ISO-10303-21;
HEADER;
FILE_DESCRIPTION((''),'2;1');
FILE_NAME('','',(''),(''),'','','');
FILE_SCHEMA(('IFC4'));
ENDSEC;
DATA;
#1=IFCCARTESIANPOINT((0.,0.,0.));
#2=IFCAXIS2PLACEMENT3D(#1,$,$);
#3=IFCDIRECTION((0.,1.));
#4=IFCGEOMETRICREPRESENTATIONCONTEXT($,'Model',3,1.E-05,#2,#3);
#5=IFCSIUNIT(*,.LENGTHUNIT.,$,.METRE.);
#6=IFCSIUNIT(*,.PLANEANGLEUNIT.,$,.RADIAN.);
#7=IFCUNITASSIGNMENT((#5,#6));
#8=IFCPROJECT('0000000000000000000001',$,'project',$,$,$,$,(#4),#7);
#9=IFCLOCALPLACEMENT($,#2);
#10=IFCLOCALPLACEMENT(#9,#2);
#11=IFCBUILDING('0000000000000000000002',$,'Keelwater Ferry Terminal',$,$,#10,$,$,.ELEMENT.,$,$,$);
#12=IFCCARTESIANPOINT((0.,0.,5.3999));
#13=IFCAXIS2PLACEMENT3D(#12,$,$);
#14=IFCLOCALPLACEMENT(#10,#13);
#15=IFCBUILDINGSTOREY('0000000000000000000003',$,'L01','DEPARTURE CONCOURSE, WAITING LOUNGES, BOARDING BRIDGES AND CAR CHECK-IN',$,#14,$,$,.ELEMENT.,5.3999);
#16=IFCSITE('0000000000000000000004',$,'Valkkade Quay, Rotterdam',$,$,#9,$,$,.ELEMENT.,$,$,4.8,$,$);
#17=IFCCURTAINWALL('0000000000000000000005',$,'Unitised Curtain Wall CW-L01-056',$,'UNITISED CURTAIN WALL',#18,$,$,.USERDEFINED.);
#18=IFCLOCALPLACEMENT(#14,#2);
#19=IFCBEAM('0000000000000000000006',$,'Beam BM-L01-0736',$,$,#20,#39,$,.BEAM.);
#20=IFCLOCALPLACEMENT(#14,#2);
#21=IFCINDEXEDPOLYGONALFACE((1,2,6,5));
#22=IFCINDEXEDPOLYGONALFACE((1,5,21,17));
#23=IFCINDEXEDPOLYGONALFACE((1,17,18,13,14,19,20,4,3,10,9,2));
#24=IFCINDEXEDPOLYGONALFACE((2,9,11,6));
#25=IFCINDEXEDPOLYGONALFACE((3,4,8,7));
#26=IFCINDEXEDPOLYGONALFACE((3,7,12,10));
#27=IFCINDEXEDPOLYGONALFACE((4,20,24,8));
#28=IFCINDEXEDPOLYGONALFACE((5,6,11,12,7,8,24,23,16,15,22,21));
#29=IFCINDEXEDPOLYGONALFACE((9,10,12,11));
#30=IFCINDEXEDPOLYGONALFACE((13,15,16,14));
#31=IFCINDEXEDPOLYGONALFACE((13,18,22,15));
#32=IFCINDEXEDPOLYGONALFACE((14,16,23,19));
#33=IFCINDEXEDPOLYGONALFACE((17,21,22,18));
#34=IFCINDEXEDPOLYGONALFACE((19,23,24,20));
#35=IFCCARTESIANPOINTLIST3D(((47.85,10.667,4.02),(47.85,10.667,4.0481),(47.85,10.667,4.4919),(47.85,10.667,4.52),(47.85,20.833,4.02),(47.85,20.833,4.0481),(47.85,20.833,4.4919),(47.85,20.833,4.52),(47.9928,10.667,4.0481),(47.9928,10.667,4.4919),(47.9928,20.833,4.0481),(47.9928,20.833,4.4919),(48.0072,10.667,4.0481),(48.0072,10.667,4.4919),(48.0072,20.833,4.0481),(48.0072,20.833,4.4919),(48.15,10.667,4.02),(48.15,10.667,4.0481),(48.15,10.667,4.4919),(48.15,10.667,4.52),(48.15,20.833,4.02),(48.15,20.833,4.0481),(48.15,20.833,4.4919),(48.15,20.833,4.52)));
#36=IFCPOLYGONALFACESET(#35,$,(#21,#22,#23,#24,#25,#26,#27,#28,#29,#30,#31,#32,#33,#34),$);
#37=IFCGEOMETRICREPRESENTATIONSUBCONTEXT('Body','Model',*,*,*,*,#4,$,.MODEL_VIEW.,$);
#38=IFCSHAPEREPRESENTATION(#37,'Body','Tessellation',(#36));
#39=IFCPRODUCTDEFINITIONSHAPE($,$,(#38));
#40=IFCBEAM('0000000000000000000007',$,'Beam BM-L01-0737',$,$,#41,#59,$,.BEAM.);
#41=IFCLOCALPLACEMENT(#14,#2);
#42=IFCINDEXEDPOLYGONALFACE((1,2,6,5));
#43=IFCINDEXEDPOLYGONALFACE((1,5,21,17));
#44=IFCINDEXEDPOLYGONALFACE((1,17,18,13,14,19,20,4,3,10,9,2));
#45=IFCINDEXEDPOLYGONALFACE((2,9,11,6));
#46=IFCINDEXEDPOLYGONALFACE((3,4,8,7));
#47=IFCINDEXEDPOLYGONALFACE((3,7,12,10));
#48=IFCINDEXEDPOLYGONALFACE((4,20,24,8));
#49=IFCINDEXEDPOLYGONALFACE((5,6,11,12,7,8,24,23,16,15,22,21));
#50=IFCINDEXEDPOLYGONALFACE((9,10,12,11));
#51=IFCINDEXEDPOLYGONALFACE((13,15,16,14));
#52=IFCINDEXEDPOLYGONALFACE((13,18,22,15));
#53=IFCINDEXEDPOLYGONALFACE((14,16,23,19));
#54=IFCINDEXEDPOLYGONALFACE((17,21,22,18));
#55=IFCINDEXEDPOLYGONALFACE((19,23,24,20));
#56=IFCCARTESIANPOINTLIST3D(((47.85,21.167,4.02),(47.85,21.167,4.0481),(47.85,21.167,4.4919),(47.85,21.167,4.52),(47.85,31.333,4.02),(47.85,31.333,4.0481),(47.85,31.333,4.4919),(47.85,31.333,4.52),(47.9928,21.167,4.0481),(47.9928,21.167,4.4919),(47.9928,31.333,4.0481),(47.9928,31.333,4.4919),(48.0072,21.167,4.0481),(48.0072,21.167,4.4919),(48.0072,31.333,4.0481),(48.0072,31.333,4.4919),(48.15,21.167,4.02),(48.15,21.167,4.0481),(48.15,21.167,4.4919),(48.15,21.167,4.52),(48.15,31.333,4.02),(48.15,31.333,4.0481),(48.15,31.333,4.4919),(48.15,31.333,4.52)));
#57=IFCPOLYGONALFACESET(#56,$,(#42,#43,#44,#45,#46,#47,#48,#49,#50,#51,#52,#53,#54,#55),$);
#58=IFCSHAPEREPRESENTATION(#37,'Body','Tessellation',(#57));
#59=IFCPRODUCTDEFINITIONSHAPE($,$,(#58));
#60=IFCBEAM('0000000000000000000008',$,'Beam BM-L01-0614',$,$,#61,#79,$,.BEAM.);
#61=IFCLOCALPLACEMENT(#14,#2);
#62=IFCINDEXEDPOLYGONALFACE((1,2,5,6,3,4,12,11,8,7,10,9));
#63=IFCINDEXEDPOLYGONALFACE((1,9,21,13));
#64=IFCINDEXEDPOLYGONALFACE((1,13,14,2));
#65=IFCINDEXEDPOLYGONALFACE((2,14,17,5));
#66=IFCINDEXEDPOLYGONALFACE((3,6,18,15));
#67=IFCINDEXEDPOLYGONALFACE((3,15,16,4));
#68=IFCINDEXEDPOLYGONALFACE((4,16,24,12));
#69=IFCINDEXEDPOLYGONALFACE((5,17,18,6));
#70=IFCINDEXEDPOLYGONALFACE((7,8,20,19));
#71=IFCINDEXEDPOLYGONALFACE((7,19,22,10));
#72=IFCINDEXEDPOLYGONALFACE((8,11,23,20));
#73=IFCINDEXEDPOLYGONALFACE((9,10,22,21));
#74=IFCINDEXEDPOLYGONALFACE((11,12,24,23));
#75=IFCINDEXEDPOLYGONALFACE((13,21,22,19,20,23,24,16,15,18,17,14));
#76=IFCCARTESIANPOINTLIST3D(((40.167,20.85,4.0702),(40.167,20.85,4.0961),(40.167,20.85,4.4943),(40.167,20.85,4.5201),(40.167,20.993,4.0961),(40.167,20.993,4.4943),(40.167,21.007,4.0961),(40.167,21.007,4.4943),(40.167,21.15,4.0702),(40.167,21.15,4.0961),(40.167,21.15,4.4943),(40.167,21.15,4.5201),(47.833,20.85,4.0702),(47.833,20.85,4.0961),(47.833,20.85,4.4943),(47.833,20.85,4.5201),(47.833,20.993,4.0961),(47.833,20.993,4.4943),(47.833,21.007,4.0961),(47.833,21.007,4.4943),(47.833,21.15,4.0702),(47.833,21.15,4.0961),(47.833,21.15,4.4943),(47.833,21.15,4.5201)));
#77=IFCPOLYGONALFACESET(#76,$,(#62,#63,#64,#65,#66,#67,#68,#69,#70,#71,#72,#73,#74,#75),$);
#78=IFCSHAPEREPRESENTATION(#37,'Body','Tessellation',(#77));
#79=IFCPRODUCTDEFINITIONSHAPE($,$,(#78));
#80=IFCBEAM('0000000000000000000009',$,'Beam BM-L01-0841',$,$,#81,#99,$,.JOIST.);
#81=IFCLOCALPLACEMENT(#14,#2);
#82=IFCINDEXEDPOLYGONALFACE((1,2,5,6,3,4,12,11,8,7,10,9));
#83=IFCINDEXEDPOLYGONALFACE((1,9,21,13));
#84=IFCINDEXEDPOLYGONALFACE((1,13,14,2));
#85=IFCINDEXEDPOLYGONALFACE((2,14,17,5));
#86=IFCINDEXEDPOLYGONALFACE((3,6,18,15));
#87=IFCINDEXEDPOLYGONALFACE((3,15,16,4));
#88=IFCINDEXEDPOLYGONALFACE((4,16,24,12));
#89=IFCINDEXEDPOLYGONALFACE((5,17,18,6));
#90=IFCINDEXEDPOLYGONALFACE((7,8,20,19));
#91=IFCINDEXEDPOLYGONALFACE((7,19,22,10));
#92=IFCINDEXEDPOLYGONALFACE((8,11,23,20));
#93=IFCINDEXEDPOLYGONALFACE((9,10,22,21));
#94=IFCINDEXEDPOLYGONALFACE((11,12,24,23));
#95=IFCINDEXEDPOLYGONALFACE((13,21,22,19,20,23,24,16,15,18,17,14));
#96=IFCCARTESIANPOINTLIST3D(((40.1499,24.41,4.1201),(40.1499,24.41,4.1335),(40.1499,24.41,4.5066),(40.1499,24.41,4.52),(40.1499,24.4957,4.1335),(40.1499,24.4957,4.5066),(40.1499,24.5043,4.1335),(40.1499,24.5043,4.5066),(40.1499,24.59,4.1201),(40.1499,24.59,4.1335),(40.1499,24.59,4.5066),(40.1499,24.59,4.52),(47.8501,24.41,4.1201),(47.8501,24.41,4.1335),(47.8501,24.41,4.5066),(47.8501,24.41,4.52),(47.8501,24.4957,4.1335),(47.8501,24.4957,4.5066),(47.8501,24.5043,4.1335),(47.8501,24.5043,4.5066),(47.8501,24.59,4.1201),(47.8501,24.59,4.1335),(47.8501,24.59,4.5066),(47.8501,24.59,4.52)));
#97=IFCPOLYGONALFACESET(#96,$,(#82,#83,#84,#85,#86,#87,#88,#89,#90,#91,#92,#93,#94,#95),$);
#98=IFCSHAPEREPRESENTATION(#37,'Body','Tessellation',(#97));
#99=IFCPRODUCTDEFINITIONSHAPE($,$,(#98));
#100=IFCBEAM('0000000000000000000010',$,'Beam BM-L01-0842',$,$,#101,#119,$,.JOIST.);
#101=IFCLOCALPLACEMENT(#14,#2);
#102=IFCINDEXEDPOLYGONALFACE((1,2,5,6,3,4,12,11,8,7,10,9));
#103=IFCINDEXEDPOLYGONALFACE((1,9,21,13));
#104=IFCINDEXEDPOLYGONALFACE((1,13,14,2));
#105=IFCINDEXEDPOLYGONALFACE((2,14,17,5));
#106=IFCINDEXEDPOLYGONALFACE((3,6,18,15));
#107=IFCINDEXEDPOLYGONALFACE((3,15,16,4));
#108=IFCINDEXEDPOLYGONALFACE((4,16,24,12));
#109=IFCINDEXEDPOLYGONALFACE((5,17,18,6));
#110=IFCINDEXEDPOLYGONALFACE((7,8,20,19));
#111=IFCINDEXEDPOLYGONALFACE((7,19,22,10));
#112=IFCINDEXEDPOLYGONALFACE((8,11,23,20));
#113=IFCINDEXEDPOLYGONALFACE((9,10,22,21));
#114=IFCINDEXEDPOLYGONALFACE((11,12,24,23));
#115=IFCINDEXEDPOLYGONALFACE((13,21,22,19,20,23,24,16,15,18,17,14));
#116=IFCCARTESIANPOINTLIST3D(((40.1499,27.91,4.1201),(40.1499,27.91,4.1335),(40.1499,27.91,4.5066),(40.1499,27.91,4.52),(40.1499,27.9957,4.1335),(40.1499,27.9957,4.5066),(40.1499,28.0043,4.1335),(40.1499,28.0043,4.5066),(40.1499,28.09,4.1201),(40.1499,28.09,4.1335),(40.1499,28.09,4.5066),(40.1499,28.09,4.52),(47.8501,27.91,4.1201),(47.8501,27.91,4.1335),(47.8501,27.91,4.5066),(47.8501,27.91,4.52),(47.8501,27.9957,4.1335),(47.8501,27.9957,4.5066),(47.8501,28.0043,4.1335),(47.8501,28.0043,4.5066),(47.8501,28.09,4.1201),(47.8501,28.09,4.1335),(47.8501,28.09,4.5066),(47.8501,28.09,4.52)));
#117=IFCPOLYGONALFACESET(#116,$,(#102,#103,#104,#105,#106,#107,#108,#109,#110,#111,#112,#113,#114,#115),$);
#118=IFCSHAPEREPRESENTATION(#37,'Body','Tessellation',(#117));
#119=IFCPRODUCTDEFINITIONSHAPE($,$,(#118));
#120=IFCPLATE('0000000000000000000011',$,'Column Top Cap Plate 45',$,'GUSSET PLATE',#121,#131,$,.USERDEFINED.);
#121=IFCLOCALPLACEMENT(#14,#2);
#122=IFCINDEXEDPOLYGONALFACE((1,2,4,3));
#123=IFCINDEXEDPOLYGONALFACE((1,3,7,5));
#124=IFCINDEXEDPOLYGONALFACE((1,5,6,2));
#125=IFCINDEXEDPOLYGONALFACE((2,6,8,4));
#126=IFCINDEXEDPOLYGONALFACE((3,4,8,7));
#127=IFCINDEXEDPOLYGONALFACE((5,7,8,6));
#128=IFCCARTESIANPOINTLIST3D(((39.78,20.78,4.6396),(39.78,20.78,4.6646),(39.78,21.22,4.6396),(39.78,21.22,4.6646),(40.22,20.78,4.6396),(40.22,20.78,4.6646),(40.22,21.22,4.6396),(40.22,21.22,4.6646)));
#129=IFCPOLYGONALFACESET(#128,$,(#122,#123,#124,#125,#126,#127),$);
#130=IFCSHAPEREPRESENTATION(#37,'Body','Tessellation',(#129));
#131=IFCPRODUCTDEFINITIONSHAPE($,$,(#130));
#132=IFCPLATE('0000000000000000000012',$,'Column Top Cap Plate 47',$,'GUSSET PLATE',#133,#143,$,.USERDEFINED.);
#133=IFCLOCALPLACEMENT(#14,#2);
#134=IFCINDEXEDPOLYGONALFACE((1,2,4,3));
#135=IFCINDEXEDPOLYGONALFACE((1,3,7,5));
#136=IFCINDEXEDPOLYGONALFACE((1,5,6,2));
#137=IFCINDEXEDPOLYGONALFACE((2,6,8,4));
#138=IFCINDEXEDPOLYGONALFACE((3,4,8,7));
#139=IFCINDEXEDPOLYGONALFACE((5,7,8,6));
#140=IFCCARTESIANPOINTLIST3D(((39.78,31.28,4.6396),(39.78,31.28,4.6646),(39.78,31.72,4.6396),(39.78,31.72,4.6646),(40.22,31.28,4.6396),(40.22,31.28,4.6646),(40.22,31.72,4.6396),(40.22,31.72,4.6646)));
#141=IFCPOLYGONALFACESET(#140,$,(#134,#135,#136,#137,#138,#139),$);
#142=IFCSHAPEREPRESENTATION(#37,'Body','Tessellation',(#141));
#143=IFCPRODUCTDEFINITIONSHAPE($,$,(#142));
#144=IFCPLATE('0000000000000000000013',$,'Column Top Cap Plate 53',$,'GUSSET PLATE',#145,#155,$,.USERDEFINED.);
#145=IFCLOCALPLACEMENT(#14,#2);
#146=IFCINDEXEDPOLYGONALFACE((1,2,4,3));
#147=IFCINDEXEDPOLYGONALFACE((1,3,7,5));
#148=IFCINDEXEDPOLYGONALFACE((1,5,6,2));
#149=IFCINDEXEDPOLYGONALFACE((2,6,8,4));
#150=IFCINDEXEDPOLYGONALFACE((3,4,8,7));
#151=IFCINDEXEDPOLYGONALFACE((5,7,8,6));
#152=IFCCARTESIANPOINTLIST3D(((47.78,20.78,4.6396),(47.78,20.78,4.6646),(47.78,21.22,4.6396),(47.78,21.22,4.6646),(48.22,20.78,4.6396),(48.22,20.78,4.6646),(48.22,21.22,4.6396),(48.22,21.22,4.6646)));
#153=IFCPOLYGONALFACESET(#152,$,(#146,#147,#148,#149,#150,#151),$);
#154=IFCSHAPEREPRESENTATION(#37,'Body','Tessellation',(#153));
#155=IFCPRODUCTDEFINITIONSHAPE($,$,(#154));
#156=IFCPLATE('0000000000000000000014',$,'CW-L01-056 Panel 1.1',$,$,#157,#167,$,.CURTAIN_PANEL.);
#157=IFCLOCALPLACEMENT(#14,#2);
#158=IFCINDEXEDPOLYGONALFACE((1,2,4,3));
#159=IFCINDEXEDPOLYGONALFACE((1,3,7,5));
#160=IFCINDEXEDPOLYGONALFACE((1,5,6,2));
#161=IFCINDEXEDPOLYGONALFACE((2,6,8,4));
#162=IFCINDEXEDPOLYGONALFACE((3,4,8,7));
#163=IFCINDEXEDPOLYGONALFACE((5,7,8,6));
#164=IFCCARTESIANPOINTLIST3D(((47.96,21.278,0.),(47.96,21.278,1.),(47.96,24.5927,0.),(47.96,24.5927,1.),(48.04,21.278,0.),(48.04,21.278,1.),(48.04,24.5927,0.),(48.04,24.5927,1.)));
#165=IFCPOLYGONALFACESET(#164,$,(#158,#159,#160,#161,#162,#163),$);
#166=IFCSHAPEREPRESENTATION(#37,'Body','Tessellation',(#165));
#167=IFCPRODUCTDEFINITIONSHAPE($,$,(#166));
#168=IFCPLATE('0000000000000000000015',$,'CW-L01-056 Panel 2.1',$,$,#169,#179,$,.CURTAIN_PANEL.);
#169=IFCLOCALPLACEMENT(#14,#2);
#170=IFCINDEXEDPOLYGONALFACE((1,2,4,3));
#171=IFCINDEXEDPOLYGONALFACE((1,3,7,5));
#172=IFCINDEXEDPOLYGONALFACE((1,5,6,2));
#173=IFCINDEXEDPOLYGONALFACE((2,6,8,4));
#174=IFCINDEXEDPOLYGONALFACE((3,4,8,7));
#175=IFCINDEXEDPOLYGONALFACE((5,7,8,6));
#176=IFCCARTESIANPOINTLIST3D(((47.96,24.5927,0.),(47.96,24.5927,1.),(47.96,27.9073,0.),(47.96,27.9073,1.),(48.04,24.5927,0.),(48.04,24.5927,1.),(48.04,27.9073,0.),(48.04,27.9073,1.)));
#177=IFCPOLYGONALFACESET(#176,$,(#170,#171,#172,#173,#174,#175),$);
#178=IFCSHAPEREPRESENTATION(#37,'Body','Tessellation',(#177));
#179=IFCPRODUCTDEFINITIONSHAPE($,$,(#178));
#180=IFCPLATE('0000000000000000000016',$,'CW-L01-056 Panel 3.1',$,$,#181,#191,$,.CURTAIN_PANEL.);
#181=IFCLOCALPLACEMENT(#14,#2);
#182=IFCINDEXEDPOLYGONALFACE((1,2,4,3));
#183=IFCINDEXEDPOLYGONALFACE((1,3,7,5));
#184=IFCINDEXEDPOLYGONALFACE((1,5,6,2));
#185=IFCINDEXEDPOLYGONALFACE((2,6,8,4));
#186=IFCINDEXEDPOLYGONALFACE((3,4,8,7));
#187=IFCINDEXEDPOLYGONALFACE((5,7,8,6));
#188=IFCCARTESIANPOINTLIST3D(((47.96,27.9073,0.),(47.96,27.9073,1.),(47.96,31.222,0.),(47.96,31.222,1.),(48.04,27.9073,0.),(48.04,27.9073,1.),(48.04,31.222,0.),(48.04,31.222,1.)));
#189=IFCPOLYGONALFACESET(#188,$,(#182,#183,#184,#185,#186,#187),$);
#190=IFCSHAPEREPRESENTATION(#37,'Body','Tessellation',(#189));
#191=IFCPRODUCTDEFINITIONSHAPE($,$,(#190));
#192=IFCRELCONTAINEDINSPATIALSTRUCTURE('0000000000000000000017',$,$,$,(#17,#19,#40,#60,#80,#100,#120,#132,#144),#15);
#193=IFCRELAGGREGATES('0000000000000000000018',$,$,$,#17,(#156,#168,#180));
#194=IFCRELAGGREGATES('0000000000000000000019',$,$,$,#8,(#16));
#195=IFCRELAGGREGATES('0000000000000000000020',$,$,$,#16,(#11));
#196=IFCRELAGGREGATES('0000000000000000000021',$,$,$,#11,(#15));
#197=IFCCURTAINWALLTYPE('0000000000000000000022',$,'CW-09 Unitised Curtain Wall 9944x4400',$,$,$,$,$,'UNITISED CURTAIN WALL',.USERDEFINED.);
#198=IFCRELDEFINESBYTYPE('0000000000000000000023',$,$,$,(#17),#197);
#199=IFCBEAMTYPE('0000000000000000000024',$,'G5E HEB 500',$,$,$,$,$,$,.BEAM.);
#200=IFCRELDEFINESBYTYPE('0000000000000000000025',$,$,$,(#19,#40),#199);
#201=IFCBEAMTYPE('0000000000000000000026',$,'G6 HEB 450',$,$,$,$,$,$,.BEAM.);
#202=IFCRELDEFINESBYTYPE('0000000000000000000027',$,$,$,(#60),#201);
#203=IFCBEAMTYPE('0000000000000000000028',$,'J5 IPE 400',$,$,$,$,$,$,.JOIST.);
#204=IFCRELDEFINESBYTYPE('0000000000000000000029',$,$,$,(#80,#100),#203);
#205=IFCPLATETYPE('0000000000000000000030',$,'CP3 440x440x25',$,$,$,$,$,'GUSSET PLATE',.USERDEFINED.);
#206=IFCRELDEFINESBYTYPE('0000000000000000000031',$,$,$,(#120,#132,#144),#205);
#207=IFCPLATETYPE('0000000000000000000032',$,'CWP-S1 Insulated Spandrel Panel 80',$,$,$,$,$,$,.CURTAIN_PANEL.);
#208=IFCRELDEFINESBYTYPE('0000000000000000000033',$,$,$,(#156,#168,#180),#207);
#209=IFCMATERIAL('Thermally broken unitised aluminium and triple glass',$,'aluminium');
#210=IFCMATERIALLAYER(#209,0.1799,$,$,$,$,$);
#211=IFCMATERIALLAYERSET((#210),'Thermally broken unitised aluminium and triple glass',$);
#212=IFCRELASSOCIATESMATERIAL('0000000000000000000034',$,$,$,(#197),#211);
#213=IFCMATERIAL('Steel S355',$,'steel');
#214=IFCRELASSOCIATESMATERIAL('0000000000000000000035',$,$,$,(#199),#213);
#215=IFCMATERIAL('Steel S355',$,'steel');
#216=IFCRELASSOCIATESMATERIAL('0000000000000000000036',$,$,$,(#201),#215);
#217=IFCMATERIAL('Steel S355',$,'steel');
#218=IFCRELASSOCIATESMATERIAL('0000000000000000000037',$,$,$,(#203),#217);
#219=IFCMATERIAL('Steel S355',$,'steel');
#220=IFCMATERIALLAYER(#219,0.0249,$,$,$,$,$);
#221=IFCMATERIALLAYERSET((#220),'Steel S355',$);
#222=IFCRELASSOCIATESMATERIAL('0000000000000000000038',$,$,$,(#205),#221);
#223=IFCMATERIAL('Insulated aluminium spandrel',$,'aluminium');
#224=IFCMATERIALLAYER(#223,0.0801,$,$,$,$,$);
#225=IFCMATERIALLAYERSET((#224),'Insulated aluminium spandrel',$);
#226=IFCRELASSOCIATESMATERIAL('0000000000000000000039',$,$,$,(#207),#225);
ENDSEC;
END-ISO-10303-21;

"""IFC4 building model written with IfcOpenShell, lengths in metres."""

from ifc_helpers import new_model, si_unit, direction, frame, origin, origin_2d, place, context, subcontext, project, spatial, rectangle, i_section, extrude, material, layer, layer_set, material_profile, profile_set, type_object, element, aggregate, save


model = new_model("IFC4")

# Units and contexts
model_context = context("Model", 3, precision=1e-05, world=origin(), true_north=direction((0.0, 1.0)))
body_context = subcontext(model_context, "Body", "Model", "MODEL_VIEW")
ifc_project = project(units=[si_unit("LENGTHUNIT", "METRE"), si_unit("PLANEANGLEUNIT", "RADIAN")], contexts=[model_context])

# Site, building, storey
site_placement = place(None, origin())
site = spatial("IfcSite", under=ifc_project, at=site_placement, Name="Valkkade Quay, Rotterdam", CompositionType="ELEMENT", RefElevation=4.8)
building_placement = place(site_placement, origin())
building = spatial("IfcBuilding", under=site, at=building_placement, Name="Keelwater Ferry Terminal", CompositionType="ELEMENT")
storey_placement = place(building_placement, frame((0.0, 0.0, 5.3999)))
storey = spatial("IfcBuildingStorey", under=building, at=storey_placement, Name="L01", Description="DEPARTURE CONCOURSE, WAITING LOUNGES, BOARDING BRIDGES AND CAR CHECK-IN", CompositionType="ELEMENT", Elevation=5.3999)

# Curtain wall
ifc_material_1 = material(Name="Thermally broken unitised aluminium and triple glass", Category="aluminium")
ifc_layer_1 = layer(ifc_material_1, 0.1799)
ifc_layer_set_1 = layer_set([ifc_layer_1], Name="Thermally broken unitised aluminium and triple glass")
curtain_wall_type = type_object("IfcCurtainWallType", Name="CW-09 Unitised Curtain Wall 9944x4400", ElementType="UNITISED CURTAIN WALL", PredefinedType="USERDEFINED", material=ifc_layer_set_1)
curtain_wall_placement = place(storey_placement, origin())
curtain_wall = element("IfcCurtainWall", 1, at=curtain_wall_placement, inside=storey, type_object=curtain_wall_type, Name="Unitised Curtain Wall CW-L01-056", ObjectType="UNITISED CURTAIN WALL", PredefinedType="USERDEFINED")

# Beams
ifc_material_2 = material(Name="Steel S355", Category="steel")
ifc_material_profile_1 = material_profile(ifc_material_2, i_section(OverallWidth=0.3, OverallDepth=0.5, WebThickness=0.0144, FlangeThickness=0.0281, at=origin_2d()), Name="HEB 500")
ifc_profile_set_1 = profile_set([ifc_material_profile_1], Name="Steel S355")
beam_type_1 = type_object("IfcBeamType", Name="G5E HEB 500", PredefinedType="BEAM", material=ifc_profile_set_1)
for number, where, z_axis, x_axis, name in (
    (2, (48.0, 10.667, 4.27), (0.0, 1.0, 0.0), (-1.0, 0.0, 0.0), "Beam BM-L01-0736"),
    (3, (48.0, 21.167, 4.27), (0.0, 1.0, 0.0), (-1.0, 0.0, 0.0), "Beam BM-L01-0737"),
):
    element("IfcBeam", number, at=place(storey_placement, frame(where, z_axis=z_axis, x_axis=x_axis)), inside=storey, type_object=beam_type_1, Name=name, PredefinedType="BEAM", context=body_context, shape_type="SweptSolid", body=[
        extrude(i_section(OverallWidth=0.3, OverallDepth=0.5, WebThickness=0.0144, FlangeThickness=0.0281, at=origin_2d()), origin(), (0.0, 0.0, 1.0), 10.166),
    ])
ifc_material_3 = material(Name="Steel S355", Category="steel")
ifc_material_profile_2 = material_profile(ifc_material_3, i_section(OverallWidth=0.3, OverallDepth=0.45, WebThickness=0.0139, FlangeThickness=0.0259, at=origin_2d()), Name="HEB 450")
ifc_profile_set_2 = profile_set([ifc_material_profile_2], Name="Steel S355")
beam_type_2 = type_object("IfcBeamType", Name="G6 HEB 450", PredefinedType="BEAM", material=ifc_profile_set_2)
beam_1_placement = place(storey_placement, frame((40.167, 21.0, 4.2952), z_axis=(1.0, 0.0, 0.0), x_axis=(0.0, 1.0, 0.0)))
element("IfcBeam", 4, at=beam_1_placement, inside=storey, type_object=beam_type_2, Name="Beam BM-L01-0614", PredefinedType="BEAM", context=body_context, shape_type="SweptSolid", body=[
    extrude(i_section(OverallWidth=0.3, OverallDepth=0.45, WebThickness=0.0139, FlangeThickness=0.0259, at=origin_2d()), origin(), (0.0, 0.0, 1.0), 7.666),
])
ifc_material_4 = material(Name="Steel S355", Category="steel")
ifc_material_profile_3 = material_profile(ifc_material_4, i_section(OverallWidth=0.1799, OverallDepth=0.3999, WebThickness=0.0085, FlangeThickness=0.0134, at=origin_2d()), Name="IPE 400")
ifc_profile_set_3 = profile_set([ifc_material_profile_3], Name="Steel S355")
beam_type_3 = type_object("IfcBeamType", Name="J5 IPE 400", PredefinedType="JOIST", material=ifc_profile_set_3)
for number, where, z_axis, x_axis, name in (
    (5, (40.1499, 24.5, 4.3201), (1.0, 0.0, 0.0), (0.0, 1.0, 0.0), "Beam BM-L01-0841"),
    (6, (40.1499, 28.0, 4.3201), (1.0, 0.0, 0.0), (0.0, 1.0, 0.0), "Beam BM-L01-0842"),
):
    element("IfcBeam", number, at=place(storey_placement, frame(where, z_axis=z_axis, x_axis=x_axis)), inside=storey, type_object=beam_type_3, Name=name, PredefinedType="JOIST", context=body_context, shape_type="SweptSolid", body=[
        extrude(i_section(OverallWidth=0.1799, OverallDepth=0.3999, WebThickness=0.0085, FlangeThickness=0.0134, at=origin_2d()), origin(), (0.0, 0.0, 1.0), 7.7002),
    ])

# Plates
ifc_material_5 = material(Name="Steel S355", Category="steel")
ifc_layer_2 = layer(ifc_material_5, 0.0249)
ifc_layer_set_2 = layer_set([ifc_layer_2], Name="Steel S355")
plate_type_1 = type_object("IfcPlateType", Name="CP3 440x440x25", ElementType="GUSSET PLATE", PredefinedType="USERDEFINED", material=ifc_layer_set_2)
for number, where, z_axis, x_axis, name in (
    (7, (40.0, 21.0, 4.6396), (0.0, 0.0, 1.0), (1.0, 0.0, 0.0), "Column Top Cap Plate 45"),
    (8, (40.0, 31.5, 4.6396), (0.0, 0.0, 1.0), (1.0, 0.0, 0.0), "Column Top Cap Plate 47"),
    (9, (48.0, 21.0, 4.6396), (0.0, 0.0, 1.0), (1.0, 0.0, 0.0), "Column Top Cap Plate 53"),
):
    element("IfcPlate", number, at=place(storey_placement, frame(where, z_axis=z_axis, x_axis=x_axis)), inside=storey, type_object=plate_type_1, Name=name, ObjectType="GUSSET PLATE", PredefinedType="USERDEFINED", context=body_context, shape_type="SweptSolid", body=[
        extrude(rectangle(XDim=0.4399, YDim=0.4399, at=origin_2d()), origin(), (0.0, 0.0, 1.0), 0.0249),
    ])

# Plates
ifc_material_6 = material(Name="Insulated aluminium spandrel", Category="aluminium")
ifc_layer_3 = layer(ifc_material_6, 0.0801)
ifc_layer_set_3 = layer_set([ifc_layer_3], Name="Insulated aluminium spandrel")
plate_type_2 = type_object("IfcPlateType", Name="CWP-S1 Insulated Spandrel Panel 80", PredefinedType="CURTAIN_PANEL", material=ifc_layer_set_3)
plate_1_placement = place(storey_placement, frame((48.0, 22.9353, 0.0), z_axis=(0.0, 0.0, 1.0), x_axis=(0.0, 1.0, 0.0)))
plate_1 = element("IfcPlate", 10, at=plate_1_placement, type_object=plate_type_2, Name="CW-L01-056 Panel 1.1", PredefinedType="CURTAIN_PANEL", context=body_context, shape_type="SweptSolid", body=[
    extrude(rectangle(XDim=3.3147, YDim=0.0801, at=origin_2d()), origin(), (0.0, 0.0, 1.0), 1.0),
])
plate_2_placement = place(storey_placement, frame((48.0, 26.25, 0.0), z_axis=(0.0, 0.0, 1.0), x_axis=(0.0, 1.0, 0.0)))
plate_2 = element("IfcPlate", 11, at=plate_2_placement, type_object=plate_type_2, Name="CW-L01-056 Panel 2.1", PredefinedType="CURTAIN_PANEL", context=body_context, shape_type="SweptSolid", body=[
    extrude(rectangle(XDim=3.3147, YDim=0.0801, at=origin_2d()), origin(), (0.0, 0.0, 1.0), 1.0),
])
plate_3_placement = place(storey_placement, frame((48.0, 29.5647, 0.0), z_axis=(0.0, 0.0, 1.0), x_axis=(0.0, 1.0, 0.0)))
plate_3 = element("IfcPlate", 12, at=plate_3_placement, type_object=plate_type_2, Name="CW-L01-056 Panel 3.1", PredefinedType="CURTAIN_PANEL", context=body_context, shape_type="SweptSolid", body=[
    extrude(rectangle(XDim=3.3147, YDim=0.0801, at=origin_2d()), origin(), (0.0, 0.0, 1.0), 1.0),
])
aggregate(curtain_wall, [plate_1, plate_2, plate_3])

save(model, "model.ifc")
